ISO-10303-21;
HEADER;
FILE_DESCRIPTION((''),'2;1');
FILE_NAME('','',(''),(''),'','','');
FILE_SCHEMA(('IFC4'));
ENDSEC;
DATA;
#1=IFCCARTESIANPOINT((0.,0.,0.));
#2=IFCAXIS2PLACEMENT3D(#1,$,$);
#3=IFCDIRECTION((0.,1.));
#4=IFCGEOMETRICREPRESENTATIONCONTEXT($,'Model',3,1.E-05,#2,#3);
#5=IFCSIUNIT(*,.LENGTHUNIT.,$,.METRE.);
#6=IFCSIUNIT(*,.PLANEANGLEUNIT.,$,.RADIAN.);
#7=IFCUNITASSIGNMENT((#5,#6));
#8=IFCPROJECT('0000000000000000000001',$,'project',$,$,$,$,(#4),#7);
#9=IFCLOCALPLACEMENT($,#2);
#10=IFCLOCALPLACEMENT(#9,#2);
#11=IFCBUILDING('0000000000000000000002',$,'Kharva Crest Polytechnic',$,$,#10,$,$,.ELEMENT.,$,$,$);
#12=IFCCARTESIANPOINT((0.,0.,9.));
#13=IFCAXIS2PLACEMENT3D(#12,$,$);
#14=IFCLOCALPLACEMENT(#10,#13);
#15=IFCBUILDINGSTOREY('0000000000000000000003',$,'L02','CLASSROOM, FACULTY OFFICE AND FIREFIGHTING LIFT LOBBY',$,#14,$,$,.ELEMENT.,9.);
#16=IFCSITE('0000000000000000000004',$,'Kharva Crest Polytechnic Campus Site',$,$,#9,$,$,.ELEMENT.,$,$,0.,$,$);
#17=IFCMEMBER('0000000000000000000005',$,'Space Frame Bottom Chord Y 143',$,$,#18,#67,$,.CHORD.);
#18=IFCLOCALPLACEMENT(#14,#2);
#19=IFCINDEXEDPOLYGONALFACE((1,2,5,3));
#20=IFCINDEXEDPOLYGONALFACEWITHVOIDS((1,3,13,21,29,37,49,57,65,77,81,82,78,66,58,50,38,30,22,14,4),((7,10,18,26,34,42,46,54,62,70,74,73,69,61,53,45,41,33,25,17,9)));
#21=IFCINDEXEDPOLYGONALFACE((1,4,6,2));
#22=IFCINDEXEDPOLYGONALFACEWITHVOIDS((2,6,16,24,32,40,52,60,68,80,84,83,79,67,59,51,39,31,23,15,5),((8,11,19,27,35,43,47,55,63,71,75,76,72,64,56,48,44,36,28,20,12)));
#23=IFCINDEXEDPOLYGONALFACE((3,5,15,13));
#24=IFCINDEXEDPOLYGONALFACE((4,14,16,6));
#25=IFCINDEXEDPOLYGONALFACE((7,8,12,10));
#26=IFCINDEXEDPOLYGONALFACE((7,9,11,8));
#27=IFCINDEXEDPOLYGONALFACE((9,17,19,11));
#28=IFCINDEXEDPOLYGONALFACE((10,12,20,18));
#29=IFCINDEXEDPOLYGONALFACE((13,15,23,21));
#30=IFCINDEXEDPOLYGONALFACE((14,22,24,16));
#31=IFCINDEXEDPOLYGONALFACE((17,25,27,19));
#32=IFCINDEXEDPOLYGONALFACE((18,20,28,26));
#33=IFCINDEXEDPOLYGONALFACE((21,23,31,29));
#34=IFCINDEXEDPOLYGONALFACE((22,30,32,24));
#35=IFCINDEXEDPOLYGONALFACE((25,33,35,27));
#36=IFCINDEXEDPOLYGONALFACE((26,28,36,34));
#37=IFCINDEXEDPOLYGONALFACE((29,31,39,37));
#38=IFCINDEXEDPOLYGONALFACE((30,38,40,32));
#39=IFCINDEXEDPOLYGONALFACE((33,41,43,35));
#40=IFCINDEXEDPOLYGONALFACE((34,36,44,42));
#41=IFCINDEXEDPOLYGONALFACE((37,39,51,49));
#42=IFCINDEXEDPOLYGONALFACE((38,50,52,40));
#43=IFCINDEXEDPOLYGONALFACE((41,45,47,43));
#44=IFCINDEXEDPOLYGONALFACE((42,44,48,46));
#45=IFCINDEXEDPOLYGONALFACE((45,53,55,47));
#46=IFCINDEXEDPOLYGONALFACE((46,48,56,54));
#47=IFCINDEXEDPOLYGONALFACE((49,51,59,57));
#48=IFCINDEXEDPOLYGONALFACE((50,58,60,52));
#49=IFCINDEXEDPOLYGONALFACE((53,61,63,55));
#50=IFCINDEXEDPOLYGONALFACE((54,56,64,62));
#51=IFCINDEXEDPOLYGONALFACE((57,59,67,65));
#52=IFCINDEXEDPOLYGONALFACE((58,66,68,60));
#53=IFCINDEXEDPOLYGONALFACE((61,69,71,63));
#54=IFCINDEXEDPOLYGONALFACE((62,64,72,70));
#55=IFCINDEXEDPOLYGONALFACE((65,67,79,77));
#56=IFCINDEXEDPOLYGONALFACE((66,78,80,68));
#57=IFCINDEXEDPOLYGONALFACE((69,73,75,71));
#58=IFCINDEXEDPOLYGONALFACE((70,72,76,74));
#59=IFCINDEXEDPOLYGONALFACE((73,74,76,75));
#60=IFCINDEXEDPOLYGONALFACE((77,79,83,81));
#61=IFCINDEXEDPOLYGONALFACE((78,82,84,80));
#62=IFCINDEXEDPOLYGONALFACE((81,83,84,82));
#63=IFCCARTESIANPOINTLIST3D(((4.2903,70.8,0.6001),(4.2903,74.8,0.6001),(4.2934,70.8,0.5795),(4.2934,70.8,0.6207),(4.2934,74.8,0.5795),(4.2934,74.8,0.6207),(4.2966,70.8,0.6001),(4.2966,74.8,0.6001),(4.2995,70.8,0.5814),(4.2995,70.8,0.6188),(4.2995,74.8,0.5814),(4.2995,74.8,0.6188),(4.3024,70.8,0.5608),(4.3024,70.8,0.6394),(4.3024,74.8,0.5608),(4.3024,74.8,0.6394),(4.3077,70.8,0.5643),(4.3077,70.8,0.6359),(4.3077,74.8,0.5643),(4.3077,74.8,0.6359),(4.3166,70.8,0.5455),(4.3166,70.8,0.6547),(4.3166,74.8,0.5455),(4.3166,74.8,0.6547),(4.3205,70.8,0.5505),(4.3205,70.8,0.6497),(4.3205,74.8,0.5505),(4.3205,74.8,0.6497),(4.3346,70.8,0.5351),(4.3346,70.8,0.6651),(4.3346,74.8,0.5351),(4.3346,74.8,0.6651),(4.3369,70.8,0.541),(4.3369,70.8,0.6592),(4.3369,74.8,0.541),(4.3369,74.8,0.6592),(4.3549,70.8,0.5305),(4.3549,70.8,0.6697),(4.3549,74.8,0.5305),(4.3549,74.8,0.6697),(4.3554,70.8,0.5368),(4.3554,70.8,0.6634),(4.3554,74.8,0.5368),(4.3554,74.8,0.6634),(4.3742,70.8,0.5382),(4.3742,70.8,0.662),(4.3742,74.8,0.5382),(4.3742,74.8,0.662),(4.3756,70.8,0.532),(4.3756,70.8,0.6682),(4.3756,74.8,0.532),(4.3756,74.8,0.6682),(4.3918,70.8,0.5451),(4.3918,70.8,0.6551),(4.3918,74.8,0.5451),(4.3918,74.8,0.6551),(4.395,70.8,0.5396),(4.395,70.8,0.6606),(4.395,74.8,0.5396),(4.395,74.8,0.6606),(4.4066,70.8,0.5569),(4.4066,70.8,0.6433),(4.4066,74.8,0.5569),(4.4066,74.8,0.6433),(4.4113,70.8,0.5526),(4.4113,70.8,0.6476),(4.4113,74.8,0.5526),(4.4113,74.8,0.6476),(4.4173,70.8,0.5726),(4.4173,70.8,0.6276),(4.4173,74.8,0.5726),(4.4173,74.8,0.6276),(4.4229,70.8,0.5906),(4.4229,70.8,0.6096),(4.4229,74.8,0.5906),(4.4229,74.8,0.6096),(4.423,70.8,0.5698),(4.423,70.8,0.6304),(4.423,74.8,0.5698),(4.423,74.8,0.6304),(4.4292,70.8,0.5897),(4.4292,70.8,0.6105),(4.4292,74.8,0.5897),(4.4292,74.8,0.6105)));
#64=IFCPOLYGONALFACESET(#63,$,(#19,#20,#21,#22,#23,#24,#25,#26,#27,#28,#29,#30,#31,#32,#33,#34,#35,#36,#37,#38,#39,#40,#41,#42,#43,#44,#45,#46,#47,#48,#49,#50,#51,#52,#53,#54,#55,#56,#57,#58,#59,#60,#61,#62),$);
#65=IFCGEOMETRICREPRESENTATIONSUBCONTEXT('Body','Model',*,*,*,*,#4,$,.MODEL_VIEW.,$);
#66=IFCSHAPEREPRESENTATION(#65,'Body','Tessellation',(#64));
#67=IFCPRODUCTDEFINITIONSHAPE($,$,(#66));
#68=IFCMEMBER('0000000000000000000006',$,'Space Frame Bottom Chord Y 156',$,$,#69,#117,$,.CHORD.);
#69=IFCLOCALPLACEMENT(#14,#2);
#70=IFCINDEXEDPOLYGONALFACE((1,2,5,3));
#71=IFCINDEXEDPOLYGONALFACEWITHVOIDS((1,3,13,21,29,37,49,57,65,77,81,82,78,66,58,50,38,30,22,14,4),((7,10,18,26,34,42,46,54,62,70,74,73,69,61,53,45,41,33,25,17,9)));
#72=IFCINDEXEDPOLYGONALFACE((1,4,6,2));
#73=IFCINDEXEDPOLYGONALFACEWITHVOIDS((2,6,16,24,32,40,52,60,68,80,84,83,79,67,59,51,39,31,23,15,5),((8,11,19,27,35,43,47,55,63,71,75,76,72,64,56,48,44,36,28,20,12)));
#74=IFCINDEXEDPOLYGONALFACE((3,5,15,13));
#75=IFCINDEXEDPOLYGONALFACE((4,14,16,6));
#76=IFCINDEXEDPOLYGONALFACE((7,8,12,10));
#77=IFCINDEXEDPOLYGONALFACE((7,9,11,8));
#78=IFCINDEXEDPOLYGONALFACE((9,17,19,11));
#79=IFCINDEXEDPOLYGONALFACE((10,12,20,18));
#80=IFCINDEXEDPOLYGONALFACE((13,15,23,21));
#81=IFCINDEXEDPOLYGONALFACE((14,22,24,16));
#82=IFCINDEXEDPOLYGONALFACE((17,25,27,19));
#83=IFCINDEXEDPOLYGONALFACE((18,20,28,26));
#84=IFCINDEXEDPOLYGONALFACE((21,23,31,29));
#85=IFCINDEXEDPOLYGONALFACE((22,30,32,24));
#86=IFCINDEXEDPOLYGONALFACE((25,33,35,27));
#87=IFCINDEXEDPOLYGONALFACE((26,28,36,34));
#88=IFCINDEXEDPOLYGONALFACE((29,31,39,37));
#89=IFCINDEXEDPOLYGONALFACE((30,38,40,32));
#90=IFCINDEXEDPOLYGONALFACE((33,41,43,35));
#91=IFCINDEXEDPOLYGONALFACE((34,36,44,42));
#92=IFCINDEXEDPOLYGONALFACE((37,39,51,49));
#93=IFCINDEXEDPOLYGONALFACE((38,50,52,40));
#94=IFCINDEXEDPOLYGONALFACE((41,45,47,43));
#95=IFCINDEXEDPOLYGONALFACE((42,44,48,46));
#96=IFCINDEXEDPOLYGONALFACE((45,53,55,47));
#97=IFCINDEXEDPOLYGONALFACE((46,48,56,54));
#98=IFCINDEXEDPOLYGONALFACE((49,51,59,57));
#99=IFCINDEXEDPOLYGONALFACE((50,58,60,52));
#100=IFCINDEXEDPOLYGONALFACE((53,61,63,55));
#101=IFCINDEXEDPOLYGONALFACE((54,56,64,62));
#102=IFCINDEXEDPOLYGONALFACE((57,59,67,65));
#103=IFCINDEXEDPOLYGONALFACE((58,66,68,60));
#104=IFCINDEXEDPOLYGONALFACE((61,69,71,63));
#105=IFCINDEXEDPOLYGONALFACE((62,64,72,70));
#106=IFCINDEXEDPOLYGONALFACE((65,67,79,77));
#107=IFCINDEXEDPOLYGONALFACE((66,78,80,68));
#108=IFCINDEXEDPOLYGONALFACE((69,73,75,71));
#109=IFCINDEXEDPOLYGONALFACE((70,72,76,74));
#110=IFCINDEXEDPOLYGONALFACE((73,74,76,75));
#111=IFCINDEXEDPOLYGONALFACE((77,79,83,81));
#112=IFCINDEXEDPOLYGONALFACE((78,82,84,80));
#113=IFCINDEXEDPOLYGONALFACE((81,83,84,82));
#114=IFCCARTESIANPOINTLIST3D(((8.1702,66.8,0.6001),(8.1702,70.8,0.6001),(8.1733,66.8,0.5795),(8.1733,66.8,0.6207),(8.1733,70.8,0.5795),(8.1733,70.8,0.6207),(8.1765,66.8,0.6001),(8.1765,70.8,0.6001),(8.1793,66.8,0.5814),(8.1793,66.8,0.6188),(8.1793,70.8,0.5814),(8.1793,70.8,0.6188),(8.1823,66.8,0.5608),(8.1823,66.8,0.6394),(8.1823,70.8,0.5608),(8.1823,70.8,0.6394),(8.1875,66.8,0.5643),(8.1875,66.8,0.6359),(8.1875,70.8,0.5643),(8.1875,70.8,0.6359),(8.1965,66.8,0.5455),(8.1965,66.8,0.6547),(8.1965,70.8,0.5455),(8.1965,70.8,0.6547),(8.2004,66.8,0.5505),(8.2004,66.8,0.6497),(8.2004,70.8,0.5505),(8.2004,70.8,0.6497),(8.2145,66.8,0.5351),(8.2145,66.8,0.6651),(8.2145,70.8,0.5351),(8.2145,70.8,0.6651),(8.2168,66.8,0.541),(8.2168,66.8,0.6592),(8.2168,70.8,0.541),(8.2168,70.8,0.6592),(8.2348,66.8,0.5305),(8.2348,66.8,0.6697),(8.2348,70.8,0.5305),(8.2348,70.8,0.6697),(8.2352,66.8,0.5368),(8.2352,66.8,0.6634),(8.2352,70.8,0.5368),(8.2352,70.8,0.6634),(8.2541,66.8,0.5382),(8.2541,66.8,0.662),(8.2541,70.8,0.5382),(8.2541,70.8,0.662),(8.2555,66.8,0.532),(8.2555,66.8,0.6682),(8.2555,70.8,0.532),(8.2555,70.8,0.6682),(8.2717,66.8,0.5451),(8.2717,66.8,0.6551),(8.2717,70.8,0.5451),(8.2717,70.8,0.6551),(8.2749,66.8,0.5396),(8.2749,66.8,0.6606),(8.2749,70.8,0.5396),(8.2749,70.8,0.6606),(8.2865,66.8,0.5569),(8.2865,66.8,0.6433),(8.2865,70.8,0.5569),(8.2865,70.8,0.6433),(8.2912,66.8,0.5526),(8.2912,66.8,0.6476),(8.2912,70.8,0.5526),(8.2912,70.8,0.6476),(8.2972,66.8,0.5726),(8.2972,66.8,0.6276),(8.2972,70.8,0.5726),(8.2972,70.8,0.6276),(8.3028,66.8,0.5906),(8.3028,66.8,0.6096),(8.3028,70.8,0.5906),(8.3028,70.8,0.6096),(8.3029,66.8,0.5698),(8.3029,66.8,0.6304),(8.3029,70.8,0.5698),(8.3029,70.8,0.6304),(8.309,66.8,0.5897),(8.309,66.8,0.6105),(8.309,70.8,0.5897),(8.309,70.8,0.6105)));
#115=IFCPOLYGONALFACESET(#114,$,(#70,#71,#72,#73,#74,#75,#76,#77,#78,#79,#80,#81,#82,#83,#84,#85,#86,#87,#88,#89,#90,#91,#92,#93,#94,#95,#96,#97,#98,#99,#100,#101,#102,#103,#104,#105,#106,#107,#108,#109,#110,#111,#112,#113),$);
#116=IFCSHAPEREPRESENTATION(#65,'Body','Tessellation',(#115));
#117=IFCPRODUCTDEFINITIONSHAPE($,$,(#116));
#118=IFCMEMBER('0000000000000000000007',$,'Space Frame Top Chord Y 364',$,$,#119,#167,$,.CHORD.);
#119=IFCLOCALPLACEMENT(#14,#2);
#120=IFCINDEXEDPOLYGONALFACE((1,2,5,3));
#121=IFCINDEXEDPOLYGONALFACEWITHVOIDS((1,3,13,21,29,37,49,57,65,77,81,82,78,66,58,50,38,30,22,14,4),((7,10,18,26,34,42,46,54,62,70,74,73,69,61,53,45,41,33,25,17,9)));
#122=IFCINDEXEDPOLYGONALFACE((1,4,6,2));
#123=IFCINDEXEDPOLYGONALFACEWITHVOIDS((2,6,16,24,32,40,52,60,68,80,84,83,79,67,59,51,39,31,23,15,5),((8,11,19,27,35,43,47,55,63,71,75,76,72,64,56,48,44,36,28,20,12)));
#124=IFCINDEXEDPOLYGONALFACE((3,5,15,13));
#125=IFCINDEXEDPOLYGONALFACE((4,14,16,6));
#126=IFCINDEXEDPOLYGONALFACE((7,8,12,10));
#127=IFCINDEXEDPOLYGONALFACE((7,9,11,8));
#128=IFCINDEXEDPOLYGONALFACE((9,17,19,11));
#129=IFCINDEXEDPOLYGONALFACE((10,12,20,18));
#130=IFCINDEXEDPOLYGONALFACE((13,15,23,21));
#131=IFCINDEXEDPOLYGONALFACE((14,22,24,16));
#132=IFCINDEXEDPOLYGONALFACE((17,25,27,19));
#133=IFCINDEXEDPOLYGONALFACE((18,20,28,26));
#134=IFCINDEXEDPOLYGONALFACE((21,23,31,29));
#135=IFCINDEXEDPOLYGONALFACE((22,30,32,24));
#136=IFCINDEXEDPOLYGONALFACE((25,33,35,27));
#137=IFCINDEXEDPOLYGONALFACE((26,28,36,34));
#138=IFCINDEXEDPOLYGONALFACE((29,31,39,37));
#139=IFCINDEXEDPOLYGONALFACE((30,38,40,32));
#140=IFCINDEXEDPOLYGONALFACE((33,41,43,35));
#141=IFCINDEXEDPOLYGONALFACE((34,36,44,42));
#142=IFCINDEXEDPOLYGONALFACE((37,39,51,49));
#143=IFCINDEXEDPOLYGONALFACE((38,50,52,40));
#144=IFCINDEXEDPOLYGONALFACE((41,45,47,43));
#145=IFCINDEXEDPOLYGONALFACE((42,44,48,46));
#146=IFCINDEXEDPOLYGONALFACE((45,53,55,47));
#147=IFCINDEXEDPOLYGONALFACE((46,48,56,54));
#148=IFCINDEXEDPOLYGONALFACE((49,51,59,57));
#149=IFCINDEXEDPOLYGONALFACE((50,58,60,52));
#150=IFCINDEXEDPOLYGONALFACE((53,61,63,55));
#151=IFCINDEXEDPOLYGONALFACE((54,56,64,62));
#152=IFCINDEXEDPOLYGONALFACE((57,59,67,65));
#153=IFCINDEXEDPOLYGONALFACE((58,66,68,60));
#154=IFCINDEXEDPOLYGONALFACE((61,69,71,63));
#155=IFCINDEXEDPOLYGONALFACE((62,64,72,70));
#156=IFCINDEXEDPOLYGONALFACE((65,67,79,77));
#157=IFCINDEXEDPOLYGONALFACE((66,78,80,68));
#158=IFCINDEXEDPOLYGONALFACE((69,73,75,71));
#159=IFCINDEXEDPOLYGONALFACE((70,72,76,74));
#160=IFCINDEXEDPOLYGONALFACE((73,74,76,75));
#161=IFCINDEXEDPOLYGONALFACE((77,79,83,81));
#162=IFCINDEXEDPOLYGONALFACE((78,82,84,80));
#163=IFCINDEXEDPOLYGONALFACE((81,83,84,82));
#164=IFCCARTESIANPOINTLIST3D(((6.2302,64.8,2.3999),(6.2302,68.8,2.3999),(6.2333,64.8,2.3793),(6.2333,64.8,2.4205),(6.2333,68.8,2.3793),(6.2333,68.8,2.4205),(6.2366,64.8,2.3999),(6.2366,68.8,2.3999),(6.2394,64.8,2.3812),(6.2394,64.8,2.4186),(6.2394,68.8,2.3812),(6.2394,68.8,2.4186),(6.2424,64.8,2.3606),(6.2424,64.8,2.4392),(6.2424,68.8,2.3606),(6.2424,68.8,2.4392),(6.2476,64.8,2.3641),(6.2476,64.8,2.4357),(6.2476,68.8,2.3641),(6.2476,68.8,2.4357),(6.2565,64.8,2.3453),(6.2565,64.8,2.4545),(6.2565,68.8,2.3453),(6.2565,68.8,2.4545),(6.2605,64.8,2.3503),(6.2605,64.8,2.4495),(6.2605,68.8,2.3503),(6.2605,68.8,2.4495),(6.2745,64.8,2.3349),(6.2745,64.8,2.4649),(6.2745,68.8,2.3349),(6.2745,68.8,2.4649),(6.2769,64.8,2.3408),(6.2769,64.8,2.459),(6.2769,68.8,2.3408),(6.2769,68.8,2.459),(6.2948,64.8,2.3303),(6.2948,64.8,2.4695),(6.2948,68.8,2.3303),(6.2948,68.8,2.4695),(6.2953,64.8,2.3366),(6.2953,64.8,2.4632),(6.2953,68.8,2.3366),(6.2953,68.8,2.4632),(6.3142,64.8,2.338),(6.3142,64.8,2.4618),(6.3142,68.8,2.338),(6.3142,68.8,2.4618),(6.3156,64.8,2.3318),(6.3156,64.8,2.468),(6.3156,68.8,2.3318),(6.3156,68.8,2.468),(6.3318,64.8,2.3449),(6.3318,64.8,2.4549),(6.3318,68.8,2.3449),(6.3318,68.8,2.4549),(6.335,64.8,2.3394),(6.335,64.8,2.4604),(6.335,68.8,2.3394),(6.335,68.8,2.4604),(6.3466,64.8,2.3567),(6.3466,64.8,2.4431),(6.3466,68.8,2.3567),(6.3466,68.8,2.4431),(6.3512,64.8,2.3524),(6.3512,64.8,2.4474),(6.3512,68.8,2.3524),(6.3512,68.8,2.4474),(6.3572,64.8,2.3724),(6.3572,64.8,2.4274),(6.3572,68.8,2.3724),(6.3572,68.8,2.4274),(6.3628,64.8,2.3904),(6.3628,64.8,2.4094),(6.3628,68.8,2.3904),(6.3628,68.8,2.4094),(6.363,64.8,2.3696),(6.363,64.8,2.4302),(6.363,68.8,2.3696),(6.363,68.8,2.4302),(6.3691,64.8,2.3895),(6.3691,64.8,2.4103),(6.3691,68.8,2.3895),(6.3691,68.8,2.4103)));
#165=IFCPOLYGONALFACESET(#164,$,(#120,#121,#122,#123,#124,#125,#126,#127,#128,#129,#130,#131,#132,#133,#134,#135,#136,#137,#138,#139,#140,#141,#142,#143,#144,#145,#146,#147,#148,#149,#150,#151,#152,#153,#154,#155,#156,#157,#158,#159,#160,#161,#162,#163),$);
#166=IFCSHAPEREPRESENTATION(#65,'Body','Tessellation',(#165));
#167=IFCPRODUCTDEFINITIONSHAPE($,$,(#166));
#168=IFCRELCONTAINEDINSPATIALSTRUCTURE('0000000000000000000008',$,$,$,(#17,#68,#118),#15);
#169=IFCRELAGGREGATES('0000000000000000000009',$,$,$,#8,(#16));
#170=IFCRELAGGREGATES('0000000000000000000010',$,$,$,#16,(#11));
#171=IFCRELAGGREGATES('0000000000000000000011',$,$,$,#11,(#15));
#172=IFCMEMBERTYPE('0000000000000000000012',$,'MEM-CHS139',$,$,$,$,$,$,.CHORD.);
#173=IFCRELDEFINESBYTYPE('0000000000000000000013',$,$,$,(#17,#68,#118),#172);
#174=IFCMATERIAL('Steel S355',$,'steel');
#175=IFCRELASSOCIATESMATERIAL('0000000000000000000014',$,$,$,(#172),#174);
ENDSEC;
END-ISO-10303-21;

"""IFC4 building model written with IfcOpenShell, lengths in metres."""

from ifc_helpers import new_model, si_unit, direction, frame, origin, origin_2d, place, context, subcontext, project, spatial, hollow_circle, extrude, material, material_profile, profile_set, type_object, element, save


model = new_model("IFC4")

# Units and contexts
model_context = context("Model", 3, precision=1e-05, world=origin(), true_north=direction((0.0, 1.0)))
body_context = subcontext(model_context, "Body", "Model", "MODEL_VIEW")
ifc_project = project(units=[si_unit("LENGTHUNIT", "METRE"), si_unit("PLANEANGLEUNIT", "RADIAN")], contexts=[model_context])

# Site, building, storey
site_placement = place(None, origin())
site = spatial("IfcSite", under=ifc_project, at=site_placement, Name="Kharva Crest Polytechnic Campus Site", CompositionType="ELEMENT", RefElevation=0.0)
building_placement = place(site_placement, origin())
building = spatial("IfcBuilding", under=site, at=building_placement, Name="Kharva Crest Polytechnic", CompositionType="ELEMENT")
storey_placement = place(building_placement, frame((0.0, 0.0, 9.0)))
storey = spatial("IfcBuildingStorey", under=building, at=storey_placement, Name="L02", Description="CLASSROOM, FACULTY OFFICE AND FIREFIGHTING LIFT LOBBY", CompositionType="ELEMENT", Elevation=9.0)

# Shared definitions
ifc_material_1 = material(Name="Steel S355", Category="steel")

# Members
ifc_material_profile_1 = material_profile(ifc_material_1, hollow_circle(Radius=0.0698, WallThickness=0.0063, at=origin_2d()), Name="CHS 139.7X6.3")
ifc_profile_set_1 = profile_set([ifc_material_profile_1], Name="Steel S355")
member_type_1 = type_object("IfcMemberType", Name="MEM-CHS139", PredefinedType="CHORD", material=ifc_profile_set_1)
for number, where, z_axis, x_axis, name in (
    (1, (4.3601, 70.8, 0.6001), (0.0, 1.0, 0.0), (-1.0, 0.0, 0.0), "Space Frame Bottom Chord Y 143"),
    (2, (8.24, 66.8, 0.6001), (0.0, 1.0, 0.0), (-1.0, 0.0, 0.0), "Space Frame Bottom Chord Y 156"),
    (3, (6.3, 64.8, 2.3999), (0.0, 1.0, 0.0), (-1.0, 0.0, 0.0), "Space Frame Top Chord Y 364"),
):
    element("IfcMember", number, at=place(storey_placement, frame(where, z_axis=z_axis, x_axis=x_axis)), inside=storey, type_object=member_type_1, Name=name, PredefinedType="CHORD", context=body_context, shape_type="SweptSolid", body=[
        extrude(hollow_circle(Radius=0.0698, WallThickness=0.0063, at=origin_2d()), origin(), (0.0, 0.0, 1.0), 4.0),
    ])

save(model, "model.ifc")
